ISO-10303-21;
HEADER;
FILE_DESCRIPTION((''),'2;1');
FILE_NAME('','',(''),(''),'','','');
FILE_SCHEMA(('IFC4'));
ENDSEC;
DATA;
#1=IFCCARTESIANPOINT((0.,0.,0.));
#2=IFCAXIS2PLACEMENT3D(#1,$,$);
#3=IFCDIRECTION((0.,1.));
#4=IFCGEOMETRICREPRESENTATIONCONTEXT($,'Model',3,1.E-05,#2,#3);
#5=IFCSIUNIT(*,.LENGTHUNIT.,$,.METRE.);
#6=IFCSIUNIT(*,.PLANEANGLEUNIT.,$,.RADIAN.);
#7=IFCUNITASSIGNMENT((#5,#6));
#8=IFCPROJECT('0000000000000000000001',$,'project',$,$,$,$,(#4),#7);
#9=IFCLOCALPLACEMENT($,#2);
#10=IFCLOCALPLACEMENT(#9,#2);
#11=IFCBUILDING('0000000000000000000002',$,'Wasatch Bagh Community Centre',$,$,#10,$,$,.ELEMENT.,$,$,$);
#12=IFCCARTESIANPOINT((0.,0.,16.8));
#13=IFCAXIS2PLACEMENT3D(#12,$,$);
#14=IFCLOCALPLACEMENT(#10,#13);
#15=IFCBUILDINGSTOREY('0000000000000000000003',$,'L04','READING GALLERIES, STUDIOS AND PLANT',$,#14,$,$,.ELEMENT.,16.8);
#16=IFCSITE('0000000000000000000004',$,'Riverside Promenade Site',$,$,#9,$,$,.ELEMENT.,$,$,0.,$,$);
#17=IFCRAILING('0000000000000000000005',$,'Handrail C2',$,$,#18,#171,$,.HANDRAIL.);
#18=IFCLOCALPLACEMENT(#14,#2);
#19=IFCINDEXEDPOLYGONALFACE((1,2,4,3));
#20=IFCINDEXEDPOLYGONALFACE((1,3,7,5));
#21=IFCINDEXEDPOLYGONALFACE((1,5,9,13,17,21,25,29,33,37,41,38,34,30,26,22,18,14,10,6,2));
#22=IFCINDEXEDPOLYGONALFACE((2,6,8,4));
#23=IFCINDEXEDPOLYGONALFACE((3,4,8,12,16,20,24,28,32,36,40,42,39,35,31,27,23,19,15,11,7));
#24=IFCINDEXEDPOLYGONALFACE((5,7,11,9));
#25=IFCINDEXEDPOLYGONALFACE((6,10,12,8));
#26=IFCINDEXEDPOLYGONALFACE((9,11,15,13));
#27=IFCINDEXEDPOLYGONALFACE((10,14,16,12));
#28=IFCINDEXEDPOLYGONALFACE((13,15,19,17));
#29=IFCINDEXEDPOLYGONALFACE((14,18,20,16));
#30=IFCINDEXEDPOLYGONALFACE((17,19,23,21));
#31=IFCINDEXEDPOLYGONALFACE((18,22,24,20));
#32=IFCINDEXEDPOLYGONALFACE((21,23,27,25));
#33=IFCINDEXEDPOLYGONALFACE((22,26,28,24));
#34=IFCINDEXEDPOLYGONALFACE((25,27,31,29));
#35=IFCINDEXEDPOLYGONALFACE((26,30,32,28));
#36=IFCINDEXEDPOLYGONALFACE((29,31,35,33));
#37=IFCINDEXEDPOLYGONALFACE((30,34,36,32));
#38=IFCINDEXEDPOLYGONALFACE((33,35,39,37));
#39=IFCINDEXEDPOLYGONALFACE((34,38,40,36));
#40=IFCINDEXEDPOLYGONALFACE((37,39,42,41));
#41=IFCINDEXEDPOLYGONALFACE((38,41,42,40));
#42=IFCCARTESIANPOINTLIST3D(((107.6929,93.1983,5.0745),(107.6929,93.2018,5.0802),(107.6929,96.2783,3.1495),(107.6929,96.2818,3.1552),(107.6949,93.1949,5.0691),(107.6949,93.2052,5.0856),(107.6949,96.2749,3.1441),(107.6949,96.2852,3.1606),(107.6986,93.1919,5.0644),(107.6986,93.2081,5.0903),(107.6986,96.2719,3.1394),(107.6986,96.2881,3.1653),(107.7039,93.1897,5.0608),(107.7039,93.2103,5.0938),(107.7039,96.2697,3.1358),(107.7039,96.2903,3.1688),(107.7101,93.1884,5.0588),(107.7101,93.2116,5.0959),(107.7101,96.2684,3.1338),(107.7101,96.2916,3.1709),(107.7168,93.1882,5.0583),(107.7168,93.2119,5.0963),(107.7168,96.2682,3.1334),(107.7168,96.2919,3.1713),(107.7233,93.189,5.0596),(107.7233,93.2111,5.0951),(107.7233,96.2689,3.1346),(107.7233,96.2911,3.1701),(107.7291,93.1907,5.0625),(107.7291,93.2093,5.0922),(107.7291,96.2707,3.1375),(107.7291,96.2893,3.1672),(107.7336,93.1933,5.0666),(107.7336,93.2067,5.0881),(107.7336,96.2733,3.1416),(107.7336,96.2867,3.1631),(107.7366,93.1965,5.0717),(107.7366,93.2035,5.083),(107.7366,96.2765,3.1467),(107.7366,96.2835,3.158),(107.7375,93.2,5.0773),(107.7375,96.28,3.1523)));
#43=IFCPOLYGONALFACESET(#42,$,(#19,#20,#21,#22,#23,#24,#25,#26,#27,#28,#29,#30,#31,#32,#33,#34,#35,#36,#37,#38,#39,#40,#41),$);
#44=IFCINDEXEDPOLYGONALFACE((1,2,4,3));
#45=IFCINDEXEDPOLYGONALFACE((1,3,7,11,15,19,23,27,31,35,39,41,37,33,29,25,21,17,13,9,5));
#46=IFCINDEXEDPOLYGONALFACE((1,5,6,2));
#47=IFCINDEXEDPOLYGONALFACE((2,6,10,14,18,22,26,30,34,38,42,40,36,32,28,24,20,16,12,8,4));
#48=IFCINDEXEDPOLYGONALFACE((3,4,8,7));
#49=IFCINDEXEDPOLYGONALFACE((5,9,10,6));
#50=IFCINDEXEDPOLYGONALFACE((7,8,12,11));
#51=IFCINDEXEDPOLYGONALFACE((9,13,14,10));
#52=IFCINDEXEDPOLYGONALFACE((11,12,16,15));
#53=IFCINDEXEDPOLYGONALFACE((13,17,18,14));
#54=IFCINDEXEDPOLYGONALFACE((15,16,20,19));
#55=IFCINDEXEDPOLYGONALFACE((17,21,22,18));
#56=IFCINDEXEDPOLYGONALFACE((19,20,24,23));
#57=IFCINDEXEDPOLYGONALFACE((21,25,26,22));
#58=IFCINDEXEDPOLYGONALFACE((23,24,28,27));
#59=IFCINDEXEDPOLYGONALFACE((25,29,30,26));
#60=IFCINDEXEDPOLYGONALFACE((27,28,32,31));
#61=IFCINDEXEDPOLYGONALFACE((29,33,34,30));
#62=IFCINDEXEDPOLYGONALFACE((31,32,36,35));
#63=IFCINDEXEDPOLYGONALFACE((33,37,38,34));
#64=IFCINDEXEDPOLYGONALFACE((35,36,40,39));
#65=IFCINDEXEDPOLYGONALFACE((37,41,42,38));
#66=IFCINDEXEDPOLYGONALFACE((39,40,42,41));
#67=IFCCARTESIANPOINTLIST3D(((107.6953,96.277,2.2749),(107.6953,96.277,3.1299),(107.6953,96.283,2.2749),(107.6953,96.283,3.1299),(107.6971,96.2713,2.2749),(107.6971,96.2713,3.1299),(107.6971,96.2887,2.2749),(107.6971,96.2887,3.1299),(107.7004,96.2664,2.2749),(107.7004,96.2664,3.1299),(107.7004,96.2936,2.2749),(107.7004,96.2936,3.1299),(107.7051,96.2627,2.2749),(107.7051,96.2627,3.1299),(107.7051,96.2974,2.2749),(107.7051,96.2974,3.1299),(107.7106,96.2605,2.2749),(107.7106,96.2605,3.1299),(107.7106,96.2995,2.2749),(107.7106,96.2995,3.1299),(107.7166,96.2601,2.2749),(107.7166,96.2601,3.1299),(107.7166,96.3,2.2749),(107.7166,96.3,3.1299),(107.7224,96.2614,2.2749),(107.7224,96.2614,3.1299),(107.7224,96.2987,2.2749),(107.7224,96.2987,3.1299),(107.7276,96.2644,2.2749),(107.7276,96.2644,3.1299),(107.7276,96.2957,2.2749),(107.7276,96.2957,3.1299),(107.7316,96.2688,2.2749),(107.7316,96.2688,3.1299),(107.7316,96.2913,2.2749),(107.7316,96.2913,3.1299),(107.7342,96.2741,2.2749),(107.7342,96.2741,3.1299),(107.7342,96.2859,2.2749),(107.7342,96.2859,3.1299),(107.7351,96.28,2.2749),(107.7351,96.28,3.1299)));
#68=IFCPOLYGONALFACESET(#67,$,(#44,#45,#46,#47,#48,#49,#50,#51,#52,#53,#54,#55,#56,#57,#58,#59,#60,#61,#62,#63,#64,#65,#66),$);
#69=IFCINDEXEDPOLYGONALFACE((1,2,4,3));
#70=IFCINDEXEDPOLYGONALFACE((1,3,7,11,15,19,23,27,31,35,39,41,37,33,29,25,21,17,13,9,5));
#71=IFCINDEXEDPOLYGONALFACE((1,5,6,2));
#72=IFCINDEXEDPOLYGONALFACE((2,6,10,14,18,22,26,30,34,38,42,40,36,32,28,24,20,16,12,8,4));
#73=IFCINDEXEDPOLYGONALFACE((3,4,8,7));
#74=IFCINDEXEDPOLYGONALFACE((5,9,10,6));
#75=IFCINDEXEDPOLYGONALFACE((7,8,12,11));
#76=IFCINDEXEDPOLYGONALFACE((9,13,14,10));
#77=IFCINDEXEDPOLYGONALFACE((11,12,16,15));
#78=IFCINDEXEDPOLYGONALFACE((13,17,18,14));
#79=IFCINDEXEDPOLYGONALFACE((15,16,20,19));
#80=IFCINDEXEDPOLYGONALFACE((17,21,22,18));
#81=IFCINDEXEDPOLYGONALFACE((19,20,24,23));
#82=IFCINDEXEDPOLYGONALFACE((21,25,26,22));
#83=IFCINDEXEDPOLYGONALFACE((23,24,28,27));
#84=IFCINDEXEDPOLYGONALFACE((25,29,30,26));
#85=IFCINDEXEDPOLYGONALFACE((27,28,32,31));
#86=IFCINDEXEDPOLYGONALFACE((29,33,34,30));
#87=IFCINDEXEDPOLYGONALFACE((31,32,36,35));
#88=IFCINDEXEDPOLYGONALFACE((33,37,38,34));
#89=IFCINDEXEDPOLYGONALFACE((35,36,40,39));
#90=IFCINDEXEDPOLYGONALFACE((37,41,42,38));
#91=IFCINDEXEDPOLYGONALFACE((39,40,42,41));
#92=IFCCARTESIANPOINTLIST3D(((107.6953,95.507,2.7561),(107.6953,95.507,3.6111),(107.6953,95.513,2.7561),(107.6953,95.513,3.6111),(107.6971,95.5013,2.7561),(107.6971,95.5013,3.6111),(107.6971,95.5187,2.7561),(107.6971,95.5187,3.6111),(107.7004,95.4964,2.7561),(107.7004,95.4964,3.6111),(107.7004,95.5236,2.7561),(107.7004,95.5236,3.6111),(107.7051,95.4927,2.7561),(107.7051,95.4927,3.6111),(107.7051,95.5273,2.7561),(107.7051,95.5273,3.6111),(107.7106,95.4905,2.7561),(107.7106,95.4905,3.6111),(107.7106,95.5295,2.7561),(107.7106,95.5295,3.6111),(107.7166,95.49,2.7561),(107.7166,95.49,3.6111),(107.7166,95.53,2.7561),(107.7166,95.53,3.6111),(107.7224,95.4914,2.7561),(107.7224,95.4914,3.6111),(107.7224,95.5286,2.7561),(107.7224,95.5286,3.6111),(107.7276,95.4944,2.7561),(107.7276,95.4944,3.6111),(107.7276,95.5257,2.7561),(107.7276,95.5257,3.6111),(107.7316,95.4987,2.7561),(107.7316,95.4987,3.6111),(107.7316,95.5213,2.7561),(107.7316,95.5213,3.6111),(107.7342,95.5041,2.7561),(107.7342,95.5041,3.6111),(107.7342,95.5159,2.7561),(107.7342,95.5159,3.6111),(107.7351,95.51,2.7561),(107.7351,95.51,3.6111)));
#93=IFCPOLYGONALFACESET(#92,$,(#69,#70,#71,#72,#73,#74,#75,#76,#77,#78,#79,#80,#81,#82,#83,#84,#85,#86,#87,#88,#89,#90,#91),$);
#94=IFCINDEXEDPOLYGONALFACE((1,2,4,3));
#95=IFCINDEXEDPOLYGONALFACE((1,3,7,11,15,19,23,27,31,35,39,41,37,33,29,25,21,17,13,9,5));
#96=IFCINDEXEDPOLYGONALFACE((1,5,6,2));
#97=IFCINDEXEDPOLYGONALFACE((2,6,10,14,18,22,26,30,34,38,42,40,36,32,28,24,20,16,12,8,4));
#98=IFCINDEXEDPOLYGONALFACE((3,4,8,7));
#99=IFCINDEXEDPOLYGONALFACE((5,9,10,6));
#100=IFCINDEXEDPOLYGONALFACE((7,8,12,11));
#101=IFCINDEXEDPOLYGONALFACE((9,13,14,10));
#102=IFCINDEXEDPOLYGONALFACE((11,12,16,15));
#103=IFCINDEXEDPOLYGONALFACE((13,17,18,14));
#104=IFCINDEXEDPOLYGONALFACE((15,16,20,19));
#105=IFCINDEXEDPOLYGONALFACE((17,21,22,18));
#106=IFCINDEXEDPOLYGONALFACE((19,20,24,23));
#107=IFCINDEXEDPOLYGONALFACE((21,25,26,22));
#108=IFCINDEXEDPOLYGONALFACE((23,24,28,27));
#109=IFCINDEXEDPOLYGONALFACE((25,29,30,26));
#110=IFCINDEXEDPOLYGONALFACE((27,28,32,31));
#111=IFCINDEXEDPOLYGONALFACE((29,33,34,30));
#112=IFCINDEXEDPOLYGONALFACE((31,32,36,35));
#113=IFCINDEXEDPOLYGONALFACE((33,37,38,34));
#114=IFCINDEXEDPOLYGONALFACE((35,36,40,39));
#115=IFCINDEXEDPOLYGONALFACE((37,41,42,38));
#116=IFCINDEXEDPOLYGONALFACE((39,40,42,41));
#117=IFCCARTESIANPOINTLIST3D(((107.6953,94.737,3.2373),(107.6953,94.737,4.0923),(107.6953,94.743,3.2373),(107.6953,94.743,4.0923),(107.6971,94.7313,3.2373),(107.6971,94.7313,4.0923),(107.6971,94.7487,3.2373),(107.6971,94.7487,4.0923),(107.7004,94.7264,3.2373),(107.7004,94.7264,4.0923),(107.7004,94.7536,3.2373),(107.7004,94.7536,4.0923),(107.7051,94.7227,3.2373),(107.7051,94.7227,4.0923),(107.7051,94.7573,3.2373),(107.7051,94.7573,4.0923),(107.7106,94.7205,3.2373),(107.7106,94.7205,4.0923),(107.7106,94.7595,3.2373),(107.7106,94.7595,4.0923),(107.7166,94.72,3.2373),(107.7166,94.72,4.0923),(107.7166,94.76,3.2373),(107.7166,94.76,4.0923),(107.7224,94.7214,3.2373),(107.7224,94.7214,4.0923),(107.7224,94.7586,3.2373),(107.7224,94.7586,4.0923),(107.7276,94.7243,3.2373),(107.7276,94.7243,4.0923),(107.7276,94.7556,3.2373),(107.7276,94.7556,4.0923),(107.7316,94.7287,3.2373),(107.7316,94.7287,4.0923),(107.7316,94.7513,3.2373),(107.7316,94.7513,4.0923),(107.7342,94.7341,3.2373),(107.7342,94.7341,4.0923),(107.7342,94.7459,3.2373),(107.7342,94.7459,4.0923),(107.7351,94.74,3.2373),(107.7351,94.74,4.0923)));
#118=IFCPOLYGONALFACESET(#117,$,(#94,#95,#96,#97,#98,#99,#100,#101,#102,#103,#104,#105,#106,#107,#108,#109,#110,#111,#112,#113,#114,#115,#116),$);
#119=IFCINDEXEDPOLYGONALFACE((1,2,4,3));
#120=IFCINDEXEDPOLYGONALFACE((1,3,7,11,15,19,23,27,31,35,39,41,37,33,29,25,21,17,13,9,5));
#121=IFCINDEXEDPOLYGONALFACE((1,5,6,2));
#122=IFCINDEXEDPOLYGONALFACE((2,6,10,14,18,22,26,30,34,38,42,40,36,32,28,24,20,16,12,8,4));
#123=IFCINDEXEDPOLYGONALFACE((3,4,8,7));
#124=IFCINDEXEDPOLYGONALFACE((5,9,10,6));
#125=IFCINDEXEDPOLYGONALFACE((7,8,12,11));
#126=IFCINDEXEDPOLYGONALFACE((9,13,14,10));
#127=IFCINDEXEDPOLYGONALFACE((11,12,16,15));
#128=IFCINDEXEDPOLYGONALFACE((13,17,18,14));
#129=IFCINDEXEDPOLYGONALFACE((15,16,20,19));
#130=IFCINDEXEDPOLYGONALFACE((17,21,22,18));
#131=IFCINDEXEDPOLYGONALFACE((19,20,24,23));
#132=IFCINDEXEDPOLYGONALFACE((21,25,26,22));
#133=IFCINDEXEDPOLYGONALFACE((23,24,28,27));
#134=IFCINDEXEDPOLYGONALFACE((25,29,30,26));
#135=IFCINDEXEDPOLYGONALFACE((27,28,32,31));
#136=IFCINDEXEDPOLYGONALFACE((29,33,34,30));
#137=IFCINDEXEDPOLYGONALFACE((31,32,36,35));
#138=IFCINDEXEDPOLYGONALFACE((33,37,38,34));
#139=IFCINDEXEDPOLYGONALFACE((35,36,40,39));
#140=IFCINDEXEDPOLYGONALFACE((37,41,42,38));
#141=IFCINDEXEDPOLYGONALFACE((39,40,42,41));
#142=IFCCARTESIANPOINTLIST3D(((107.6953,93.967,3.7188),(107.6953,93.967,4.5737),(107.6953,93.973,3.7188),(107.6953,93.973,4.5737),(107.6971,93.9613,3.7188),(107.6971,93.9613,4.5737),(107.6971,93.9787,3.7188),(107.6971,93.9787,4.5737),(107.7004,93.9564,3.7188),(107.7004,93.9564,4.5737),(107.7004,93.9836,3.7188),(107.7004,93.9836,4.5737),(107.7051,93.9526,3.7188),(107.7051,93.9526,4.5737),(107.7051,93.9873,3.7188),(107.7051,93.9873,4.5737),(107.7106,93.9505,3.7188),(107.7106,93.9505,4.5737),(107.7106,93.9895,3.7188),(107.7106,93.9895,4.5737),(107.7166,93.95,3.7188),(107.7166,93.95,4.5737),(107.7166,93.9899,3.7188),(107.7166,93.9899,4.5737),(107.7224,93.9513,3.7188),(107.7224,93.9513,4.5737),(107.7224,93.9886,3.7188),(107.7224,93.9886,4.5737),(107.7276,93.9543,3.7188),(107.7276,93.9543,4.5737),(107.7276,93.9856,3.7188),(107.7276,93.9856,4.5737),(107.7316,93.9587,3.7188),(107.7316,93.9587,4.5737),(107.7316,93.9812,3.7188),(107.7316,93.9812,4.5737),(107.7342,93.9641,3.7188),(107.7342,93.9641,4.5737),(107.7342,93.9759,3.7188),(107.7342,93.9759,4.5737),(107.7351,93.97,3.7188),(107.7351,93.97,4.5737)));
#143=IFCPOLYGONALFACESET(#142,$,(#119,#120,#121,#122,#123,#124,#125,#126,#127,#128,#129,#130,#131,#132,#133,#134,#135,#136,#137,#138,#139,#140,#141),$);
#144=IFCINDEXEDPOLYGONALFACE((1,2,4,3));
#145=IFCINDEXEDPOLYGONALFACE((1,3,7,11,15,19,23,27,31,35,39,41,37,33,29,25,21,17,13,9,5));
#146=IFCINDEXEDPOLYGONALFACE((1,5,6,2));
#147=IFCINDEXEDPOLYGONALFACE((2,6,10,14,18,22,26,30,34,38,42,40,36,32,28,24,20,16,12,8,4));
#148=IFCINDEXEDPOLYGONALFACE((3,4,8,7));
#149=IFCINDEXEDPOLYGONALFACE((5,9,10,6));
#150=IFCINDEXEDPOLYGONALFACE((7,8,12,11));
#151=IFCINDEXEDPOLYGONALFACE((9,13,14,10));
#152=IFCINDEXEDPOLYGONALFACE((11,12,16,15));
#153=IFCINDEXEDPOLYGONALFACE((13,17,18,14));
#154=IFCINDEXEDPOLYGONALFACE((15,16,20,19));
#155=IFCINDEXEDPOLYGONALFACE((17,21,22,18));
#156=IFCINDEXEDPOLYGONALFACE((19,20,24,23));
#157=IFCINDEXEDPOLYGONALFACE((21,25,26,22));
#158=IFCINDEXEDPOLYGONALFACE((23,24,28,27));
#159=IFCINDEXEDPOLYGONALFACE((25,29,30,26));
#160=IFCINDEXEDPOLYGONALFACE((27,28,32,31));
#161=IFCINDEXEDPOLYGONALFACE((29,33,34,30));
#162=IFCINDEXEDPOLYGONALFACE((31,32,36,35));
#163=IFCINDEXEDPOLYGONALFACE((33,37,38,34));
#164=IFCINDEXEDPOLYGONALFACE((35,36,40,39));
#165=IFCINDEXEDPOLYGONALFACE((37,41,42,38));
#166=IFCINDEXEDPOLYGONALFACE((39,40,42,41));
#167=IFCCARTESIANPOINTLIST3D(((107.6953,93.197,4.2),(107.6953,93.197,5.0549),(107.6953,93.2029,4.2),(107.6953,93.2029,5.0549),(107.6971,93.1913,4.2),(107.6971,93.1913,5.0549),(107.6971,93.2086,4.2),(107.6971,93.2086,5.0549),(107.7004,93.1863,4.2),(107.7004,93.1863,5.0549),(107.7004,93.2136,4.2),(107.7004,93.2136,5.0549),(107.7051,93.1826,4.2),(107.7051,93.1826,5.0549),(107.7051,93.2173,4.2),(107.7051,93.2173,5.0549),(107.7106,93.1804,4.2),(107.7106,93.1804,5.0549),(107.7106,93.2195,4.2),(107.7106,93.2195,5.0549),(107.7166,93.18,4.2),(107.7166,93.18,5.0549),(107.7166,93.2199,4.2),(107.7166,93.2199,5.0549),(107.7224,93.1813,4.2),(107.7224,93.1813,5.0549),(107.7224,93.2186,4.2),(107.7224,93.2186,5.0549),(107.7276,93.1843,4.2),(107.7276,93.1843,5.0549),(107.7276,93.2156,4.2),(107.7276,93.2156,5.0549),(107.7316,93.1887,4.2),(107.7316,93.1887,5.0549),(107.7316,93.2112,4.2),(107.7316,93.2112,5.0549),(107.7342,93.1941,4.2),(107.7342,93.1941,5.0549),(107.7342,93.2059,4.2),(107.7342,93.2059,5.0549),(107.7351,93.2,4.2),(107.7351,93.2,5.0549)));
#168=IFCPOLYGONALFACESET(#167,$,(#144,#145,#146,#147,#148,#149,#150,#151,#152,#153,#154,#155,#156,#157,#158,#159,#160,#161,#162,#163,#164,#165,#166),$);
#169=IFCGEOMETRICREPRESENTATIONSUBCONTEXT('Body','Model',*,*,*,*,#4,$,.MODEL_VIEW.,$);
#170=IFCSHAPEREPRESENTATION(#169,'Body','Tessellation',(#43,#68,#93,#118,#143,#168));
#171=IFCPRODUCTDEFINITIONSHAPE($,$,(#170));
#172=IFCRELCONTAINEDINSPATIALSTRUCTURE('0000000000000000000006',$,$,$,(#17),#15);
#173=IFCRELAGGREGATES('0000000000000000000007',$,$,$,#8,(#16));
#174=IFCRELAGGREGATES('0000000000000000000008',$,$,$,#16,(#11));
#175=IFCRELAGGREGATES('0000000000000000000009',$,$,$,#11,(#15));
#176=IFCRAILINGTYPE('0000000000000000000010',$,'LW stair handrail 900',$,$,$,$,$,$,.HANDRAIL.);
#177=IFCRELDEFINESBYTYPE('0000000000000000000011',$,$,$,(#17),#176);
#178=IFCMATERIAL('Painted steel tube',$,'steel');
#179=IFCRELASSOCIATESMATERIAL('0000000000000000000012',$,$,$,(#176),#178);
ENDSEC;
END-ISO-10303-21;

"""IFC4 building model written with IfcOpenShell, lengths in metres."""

from ifc_helpers import new_model, si_unit, direction, frame, origin, origin_2d, place, context, subcontext, project, spatial, circle, extrude, material, type_object, element, save


model = new_model("IFC4")

# Units and contexts
model_context = context("Model", 3, precision=1e-05, world=origin(), true_north=direction((0.0, 1.0)))
body_context = subcontext(model_context, "Body", "Model", "MODEL_VIEW")
ifc_project = project(units=[si_unit("LENGTHUNIT", "METRE"), si_unit("PLANEANGLEUNIT", "RADIAN")], contexts=[model_context])

# Site, building, storey
site_placement = place(None, origin())
site = spatial("IfcSite", under=ifc_project, at=site_placement, Name="Riverside Promenade Site", CompositionType="ELEMENT", RefElevation=0.0)
building_placement = place(site_placement, origin())
building = spatial("IfcBuilding", under=site, at=building_placement, Name="Wasatch Bagh Community Centre", CompositionType="ELEMENT")
storey_placement = place(building_placement, frame((0.0, 0.0, 16.8)))
storey = spatial("IfcBuildingStorey", under=building, at=storey_placement, Name="L04", Description="READING GALLERIES, STUDIOS AND PLANT", CompositionType="ELEMENT", Elevation=16.8)

# Railing
ifc_material_1 = material(Name="Painted steel tube", Category="steel")
railing_type_1 = type_object("IfcRailingType", Name="LW stair handrail 900", PredefinedType="HANDRAIL", material=ifc_material_1)
for number, where, name in (
    (1, (107.7151, 96.28, 2.2749), "Handrail C2"),
):
    element("IfcRailing", number, at=place(storey_placement, frame(where)), inside=storey, type_object=railing_type_1, Name=name, PredefinedType="HANDRAIL", context=body_context, shape_type="SweptSolid", body=[
        extrude(circle(Radius=0.0225, at=origin_2d()), frame((0.0, 0.0, 0.8774), z_axis=(0.0, -0.847998, 0.529999), x_axis=(1.0, 0.0, 0.0)), (0.0, 0.0, 1.0), 3.6321),
        extrude(circle(Radius=0.02, at=origin_2d()), origin(), (0.0, 0.0, 1.0), 0.855),
        extrude(circle(Radius=0.02, at=origin_2d()), frame((0.0, -0.77, 0.4812)), (0.0, 0.0, 1.0), 0.855),
        extrude(circle(Radius=0.02, at=origin_2d()), frame((0.0, -1.54, 0.9624)), (0.0, 0.0, 1.0), 0.855),
        extrude(circle(Radius=0.02, at=origin_2d()), frame((0.0, -2.3101, 1.4438)), (0.0, 0.0, 1.0), 0.855),
        extrude(circle(Radius=0.02, at=origin_2d()), frame((0.0, -3.0801, 1.925)), (0.0, 0.0, 1.0), 0.855),
    ])

save(model, "model.ifc")
